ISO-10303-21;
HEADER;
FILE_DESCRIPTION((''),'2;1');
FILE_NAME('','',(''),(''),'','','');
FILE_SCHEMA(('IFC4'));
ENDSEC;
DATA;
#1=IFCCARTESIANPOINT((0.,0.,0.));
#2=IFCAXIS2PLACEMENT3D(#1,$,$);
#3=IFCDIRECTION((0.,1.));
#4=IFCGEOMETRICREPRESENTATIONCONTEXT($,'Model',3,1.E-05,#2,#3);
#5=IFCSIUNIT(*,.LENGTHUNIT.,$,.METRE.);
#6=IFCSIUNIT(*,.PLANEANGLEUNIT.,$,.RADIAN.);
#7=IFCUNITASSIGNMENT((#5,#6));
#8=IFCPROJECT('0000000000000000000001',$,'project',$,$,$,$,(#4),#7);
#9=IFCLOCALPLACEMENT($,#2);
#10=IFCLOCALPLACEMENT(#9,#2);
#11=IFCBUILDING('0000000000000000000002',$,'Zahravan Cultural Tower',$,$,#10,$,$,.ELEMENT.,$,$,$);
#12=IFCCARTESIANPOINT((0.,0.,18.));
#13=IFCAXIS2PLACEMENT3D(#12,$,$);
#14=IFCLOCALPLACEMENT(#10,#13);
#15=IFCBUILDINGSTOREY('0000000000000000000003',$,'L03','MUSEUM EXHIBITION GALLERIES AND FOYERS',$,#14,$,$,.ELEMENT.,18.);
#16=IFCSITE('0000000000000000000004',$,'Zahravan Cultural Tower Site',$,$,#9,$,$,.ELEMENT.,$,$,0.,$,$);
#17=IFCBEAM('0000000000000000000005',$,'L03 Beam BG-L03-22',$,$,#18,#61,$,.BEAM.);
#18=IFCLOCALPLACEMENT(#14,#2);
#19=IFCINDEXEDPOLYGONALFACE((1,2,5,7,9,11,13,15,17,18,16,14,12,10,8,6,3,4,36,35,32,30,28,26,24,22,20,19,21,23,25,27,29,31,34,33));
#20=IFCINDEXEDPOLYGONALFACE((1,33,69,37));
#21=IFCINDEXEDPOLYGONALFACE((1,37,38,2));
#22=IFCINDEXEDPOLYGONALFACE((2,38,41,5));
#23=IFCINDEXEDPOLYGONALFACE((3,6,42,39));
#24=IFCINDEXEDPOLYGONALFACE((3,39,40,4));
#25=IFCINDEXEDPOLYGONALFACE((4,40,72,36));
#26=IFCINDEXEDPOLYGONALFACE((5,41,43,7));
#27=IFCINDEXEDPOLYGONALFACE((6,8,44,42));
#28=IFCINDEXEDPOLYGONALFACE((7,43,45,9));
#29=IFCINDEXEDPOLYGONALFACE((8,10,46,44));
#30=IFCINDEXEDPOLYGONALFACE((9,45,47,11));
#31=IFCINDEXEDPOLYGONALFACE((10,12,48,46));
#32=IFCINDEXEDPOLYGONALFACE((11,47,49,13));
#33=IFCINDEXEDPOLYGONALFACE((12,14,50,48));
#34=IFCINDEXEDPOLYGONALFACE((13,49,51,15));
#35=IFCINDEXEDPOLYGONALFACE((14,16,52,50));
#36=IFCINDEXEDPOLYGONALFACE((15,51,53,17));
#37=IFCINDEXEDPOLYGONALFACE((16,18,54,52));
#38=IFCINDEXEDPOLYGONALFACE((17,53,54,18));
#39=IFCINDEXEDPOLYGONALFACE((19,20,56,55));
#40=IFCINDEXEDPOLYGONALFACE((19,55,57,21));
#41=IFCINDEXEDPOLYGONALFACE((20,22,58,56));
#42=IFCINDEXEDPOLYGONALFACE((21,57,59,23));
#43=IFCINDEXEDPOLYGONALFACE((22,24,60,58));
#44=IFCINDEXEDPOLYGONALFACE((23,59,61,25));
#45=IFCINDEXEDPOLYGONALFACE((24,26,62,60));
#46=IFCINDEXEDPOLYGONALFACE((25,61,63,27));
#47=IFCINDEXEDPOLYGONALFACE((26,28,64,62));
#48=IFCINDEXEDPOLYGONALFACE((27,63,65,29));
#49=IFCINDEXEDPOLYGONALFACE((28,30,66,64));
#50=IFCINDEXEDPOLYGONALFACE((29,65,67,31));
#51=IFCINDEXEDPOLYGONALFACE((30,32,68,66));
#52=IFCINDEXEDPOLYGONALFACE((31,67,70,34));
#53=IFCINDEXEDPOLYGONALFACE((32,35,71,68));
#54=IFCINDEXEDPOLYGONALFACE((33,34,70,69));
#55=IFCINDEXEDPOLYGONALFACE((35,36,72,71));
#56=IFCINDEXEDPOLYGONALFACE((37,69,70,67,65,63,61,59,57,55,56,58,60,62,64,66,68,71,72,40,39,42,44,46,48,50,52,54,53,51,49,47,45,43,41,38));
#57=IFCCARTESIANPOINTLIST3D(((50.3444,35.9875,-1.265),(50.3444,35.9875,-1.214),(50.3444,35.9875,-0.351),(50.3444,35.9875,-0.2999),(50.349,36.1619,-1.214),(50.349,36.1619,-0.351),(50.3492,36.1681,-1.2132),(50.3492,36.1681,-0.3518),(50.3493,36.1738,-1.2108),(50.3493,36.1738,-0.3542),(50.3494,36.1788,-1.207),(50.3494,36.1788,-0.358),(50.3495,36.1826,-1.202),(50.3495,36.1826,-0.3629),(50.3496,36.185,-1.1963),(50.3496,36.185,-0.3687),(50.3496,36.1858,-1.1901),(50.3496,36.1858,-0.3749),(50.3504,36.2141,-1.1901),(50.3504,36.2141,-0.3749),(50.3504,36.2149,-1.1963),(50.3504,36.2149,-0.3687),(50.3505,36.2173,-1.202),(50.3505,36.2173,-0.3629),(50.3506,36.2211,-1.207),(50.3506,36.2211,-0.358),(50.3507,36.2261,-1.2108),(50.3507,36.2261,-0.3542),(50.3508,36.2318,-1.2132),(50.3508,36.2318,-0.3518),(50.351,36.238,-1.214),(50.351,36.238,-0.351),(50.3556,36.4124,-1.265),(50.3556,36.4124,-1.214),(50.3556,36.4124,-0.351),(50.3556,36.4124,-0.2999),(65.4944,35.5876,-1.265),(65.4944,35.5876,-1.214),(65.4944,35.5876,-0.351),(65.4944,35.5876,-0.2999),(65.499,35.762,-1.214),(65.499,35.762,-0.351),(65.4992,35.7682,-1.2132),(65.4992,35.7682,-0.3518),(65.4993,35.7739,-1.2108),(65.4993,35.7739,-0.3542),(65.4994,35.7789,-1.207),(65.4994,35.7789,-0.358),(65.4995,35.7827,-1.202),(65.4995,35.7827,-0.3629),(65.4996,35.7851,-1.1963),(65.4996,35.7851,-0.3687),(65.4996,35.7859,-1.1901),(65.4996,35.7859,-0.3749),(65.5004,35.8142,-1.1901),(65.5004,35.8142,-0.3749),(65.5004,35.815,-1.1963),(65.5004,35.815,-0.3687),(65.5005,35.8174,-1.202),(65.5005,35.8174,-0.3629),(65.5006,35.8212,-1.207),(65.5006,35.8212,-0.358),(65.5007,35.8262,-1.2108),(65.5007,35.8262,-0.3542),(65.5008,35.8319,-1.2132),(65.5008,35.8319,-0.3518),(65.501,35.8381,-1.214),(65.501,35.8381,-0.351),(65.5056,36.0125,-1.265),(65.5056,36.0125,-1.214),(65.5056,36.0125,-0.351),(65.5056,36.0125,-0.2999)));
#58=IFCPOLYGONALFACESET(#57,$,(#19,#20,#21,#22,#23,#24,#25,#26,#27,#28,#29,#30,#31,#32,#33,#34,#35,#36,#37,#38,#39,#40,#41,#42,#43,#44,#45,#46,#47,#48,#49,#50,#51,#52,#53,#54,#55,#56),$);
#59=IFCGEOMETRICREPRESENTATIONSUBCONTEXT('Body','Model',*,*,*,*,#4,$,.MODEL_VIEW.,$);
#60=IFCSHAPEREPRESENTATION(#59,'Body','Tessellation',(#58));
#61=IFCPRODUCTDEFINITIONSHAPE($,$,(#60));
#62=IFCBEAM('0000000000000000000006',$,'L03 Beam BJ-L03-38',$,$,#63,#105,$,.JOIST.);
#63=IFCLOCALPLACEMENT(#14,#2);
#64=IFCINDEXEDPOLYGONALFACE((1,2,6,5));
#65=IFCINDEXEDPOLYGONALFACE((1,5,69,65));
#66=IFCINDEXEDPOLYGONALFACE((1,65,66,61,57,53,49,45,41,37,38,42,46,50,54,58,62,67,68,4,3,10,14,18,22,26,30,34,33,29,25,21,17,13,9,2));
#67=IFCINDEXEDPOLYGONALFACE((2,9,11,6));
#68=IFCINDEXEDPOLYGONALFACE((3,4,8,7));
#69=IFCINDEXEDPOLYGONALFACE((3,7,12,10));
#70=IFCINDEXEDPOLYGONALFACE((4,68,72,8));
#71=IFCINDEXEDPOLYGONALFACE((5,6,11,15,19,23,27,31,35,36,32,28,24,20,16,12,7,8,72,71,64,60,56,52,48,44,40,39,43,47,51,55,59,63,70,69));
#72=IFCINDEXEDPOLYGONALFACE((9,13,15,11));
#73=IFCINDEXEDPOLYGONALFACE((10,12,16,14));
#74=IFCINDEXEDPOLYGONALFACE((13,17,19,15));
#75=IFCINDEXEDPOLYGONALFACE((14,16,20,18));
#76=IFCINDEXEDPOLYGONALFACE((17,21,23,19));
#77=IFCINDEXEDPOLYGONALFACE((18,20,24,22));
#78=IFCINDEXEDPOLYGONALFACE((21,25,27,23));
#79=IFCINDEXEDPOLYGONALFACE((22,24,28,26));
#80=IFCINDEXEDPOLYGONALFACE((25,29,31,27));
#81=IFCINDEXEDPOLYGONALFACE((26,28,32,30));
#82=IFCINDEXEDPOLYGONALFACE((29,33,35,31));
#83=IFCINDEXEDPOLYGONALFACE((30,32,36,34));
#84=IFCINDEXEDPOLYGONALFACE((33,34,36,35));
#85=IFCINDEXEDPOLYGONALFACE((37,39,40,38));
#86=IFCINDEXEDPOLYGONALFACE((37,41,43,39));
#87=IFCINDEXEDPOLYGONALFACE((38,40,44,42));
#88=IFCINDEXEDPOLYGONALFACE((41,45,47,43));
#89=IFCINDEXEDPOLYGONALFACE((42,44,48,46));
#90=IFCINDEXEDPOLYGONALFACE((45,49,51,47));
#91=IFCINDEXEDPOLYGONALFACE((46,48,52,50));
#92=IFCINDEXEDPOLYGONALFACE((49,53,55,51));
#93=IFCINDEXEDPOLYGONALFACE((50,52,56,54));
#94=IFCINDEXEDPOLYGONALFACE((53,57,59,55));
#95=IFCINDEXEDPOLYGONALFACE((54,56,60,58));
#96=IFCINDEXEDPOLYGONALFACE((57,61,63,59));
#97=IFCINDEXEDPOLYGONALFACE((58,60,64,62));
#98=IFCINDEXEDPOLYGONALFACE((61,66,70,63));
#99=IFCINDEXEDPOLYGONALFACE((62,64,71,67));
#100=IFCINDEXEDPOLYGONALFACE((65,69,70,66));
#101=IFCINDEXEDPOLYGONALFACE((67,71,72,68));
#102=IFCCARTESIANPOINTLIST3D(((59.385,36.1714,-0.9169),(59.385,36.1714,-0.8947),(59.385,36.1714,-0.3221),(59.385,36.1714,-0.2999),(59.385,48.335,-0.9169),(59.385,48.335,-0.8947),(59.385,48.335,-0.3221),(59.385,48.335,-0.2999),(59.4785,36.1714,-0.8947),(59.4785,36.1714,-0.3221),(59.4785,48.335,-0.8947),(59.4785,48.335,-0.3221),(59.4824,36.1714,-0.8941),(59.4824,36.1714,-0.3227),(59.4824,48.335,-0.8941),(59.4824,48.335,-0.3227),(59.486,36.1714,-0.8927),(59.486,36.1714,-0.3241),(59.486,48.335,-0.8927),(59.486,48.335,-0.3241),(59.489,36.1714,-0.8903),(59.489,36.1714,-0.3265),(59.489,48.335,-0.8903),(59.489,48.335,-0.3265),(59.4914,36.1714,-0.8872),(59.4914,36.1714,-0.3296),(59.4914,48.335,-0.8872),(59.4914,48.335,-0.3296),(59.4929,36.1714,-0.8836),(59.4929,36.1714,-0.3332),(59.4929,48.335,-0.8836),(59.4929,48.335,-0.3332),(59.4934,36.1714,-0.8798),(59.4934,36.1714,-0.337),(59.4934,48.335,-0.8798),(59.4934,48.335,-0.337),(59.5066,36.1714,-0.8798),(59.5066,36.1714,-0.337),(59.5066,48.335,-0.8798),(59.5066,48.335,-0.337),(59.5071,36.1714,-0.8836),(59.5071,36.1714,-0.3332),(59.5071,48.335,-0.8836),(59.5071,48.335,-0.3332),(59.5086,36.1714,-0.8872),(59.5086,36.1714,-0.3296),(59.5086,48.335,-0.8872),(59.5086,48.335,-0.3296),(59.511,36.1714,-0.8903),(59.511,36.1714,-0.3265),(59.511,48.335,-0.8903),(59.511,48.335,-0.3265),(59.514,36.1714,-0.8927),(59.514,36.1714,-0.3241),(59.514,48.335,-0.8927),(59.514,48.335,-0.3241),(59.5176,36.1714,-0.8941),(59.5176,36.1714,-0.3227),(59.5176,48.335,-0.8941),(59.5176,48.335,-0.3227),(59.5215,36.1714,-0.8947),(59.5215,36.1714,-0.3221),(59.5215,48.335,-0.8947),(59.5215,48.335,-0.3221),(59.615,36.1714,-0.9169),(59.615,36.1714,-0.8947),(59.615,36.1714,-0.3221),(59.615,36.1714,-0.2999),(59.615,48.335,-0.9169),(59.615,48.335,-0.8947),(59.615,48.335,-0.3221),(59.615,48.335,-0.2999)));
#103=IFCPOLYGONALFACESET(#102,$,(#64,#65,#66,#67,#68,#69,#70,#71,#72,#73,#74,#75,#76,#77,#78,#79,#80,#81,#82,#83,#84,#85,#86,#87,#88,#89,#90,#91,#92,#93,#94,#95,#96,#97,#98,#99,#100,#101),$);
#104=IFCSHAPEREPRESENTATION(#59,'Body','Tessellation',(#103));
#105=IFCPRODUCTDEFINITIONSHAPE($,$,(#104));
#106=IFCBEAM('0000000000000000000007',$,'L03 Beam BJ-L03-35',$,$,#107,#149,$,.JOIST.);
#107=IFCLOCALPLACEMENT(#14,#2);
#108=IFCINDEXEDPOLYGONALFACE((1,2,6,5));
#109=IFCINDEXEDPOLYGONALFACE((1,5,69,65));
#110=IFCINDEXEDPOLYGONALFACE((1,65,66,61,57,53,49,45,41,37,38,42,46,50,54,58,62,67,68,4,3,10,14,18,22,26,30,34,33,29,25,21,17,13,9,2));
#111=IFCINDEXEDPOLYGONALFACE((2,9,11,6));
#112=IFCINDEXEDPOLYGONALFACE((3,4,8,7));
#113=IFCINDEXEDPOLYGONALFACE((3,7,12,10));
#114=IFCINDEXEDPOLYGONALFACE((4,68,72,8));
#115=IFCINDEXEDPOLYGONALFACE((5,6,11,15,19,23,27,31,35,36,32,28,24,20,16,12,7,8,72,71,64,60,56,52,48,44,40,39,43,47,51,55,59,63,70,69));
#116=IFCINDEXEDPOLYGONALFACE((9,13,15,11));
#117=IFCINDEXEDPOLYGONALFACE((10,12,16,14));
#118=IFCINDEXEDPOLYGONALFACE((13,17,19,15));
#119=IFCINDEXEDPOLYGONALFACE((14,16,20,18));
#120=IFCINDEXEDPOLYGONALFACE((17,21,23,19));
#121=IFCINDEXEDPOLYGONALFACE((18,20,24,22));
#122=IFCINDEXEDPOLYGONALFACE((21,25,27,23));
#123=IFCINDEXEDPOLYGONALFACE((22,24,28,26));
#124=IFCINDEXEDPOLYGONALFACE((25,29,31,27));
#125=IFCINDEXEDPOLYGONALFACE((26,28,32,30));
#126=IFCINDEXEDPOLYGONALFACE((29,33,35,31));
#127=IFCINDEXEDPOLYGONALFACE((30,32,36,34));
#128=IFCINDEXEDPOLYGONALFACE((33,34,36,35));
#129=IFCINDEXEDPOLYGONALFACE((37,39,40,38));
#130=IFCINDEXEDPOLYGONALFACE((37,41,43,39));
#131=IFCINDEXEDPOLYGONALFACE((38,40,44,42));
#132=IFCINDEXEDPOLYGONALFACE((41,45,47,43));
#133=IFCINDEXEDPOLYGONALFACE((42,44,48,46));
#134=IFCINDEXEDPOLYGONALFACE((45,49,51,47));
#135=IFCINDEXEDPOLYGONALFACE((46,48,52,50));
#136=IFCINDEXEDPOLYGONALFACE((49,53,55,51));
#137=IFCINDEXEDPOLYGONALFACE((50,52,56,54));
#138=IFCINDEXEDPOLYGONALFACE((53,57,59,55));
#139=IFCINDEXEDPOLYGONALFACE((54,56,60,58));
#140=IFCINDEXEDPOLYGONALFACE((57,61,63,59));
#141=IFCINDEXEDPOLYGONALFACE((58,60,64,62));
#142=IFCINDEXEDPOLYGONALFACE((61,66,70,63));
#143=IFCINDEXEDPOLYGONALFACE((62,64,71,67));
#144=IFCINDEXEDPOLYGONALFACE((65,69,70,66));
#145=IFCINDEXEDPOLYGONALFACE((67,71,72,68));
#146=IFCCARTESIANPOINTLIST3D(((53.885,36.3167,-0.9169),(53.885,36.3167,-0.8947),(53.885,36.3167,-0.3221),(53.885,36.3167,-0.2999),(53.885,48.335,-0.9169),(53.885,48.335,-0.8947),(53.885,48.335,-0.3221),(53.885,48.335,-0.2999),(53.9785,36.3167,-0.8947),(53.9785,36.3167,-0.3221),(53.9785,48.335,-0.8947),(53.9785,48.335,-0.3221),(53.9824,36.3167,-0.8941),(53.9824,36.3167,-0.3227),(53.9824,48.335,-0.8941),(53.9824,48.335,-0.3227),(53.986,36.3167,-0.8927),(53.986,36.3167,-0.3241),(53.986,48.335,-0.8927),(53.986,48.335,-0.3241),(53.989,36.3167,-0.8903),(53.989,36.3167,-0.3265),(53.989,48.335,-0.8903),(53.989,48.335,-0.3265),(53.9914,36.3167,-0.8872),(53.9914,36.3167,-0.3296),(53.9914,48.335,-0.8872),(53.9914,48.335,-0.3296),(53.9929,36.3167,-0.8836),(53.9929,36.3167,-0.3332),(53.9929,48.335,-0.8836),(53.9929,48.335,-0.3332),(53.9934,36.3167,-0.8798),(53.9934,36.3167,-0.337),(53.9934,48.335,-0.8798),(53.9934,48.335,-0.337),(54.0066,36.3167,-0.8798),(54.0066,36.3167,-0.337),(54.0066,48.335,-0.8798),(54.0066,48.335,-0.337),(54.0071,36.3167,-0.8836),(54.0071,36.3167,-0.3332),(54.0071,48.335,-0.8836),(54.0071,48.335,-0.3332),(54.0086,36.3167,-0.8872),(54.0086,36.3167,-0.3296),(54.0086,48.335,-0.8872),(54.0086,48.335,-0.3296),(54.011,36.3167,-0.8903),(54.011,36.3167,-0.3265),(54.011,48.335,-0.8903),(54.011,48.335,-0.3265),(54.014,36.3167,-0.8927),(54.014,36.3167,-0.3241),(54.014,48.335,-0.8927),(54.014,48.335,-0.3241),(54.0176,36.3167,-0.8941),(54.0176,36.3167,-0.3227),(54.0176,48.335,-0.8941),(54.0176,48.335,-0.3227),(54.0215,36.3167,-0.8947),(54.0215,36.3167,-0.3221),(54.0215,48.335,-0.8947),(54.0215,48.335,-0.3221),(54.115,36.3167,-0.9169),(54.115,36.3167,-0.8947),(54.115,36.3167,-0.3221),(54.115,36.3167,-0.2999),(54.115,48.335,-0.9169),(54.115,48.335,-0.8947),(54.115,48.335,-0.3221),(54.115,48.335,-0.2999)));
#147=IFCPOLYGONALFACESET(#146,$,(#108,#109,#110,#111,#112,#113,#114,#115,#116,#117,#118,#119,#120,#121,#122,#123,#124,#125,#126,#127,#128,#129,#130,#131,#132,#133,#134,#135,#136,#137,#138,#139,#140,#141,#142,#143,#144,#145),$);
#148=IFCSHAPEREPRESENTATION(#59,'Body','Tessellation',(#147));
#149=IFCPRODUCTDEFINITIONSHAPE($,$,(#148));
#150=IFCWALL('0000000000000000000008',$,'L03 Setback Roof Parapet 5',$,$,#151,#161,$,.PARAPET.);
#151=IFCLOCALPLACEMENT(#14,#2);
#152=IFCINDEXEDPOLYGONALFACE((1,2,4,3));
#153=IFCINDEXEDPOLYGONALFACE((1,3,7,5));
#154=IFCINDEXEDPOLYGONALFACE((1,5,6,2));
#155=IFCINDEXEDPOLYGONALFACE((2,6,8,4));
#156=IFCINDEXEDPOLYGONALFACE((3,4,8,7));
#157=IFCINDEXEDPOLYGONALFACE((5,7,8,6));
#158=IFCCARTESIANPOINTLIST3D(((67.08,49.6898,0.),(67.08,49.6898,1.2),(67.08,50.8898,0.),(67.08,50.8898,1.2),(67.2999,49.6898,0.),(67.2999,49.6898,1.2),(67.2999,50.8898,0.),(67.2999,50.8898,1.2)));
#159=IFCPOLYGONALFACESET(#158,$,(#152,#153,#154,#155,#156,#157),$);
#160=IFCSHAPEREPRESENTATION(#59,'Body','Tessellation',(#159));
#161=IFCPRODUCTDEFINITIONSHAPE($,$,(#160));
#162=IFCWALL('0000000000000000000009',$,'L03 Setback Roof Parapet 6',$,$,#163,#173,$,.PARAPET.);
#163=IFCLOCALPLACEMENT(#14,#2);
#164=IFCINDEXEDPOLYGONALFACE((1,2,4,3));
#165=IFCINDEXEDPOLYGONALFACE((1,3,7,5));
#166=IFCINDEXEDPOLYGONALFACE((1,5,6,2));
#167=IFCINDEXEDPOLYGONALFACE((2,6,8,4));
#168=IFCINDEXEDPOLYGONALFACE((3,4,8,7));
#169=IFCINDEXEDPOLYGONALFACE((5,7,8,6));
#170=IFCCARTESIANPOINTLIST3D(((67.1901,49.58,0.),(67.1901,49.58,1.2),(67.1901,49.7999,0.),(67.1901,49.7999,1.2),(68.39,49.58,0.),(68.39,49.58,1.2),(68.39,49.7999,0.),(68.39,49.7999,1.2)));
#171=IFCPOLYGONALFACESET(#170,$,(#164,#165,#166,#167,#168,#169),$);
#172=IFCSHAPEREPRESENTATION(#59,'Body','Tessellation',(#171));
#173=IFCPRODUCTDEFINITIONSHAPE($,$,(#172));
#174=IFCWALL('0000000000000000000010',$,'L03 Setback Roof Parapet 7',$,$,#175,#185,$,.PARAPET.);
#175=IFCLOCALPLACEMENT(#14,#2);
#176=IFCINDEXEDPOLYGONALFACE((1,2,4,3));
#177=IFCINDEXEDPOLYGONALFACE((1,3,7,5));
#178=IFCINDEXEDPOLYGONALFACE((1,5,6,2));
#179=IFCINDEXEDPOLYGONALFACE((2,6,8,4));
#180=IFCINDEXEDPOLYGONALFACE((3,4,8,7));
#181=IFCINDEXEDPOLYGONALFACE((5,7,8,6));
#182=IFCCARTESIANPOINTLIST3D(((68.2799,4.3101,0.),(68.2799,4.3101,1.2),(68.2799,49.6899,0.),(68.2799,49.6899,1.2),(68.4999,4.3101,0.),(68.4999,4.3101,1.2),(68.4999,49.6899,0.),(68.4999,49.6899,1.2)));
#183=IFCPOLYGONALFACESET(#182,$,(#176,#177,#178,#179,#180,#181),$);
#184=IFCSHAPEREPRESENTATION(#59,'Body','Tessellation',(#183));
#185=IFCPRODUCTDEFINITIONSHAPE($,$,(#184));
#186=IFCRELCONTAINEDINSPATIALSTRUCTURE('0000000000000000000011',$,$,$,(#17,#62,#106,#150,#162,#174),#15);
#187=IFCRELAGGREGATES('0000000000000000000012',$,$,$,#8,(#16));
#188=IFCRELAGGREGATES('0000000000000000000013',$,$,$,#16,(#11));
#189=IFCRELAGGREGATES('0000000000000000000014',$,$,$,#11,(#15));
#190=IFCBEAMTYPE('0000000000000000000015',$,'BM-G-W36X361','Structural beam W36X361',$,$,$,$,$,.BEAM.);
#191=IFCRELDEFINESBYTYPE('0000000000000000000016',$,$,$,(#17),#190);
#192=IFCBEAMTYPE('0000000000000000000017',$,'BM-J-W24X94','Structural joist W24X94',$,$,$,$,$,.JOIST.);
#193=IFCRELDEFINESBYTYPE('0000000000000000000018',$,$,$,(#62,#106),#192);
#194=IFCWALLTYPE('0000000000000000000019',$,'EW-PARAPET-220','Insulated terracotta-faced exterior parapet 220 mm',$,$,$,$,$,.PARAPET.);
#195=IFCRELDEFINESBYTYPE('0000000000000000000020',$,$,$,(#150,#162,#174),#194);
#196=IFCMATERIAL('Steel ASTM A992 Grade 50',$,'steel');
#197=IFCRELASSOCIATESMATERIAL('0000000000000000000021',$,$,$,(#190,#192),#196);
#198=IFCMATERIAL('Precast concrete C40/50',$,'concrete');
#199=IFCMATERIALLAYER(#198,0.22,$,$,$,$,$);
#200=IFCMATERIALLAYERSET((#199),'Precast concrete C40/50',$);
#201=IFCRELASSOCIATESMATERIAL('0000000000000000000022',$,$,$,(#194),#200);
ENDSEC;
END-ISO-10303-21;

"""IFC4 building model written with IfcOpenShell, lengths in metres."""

from ifc_helpers import new_model, si_unit, direction, frame, frame_2d, origin, origin_2d, place, context, subcontext, project, spatial, rectangle, i_section, extrude, source, transform, mapped, material, layer, layer_set, material_profile, profile_set, type_object, element, save


model = new_model("IFC4")

# Units and contexts
model_context = context("Model", 3, precision=1e-05, world=origin(), true_north=direction((0.0, 1.0)))
body_context = subcontext(model_context, "Body", "Model", "MODEL_VIEW")
ifc_project = project(units=[si_unit("LENGTHUNIT", "METRE"), si_unit("PLANEANGLEUNIT", "RADIAN")], contexts=[model_context])

# Site, building, storey
site_placement = place(None, origin())
site = spatial("IfcSite", under=ifc_project, at=site_placement, Name="Zahravan Cultural Tower Site", CompositionType="ELEMENT", RefElevation=0.0)
building_placement = place(site_placement, origin())
building = spatial("IfcBuilding", under=site, at=building_placement, Name="Zahravan Cultural Tower", CompositionType="ELEMENT")
storey_placement = place(building_placement, frame((0.0, 0.0, 18.0)))
storey = spatial("IfcBuildingStorey", under=building, at=storey_placement, Name="L03", Description="MUSEUM EXHIBITION GALLERIES AND FOYERS", CompositionType="ELEMENT", Elevation=18.0)

# Beams
ifc_material_1 = material(Name="Steel ASTM A992 Grade 50", Category="steel")
ifc_material_profile_1 = material_profile(ifc_material_1, i_section(OverallWidth=0.425, OverallDepth=0.9651, WebThickness=0.0283, FlangeThickness=0.051, FilletRadius=0.0239, at=origin_2d()), Name="W36X361")
ifc_profile_set_1 = profile_set([ifc_material_profile_1], Name="Steel ASTM A992 Grade 50")
beam_type_1 = type_object("IfcBeamType", Name="BM-G-W36X361", Description="Structural beam W36X361", PredefinedType="BEAM", material=ifc_profile_set_1)
shared_shape_1 = source(origin(), body_context, "Body", "SweptSolid", [
    extrude(i_section(OverallWidth=0.425, OverallDepth=0.9651, WebThickness=0.0283, FlangeThickness=0.051, FilletRadius=0.0239, at=origin_2d()), origin(), (0.0, 0.0, 1.0), 15.1553),
])
beam_1_placement = place(storey_placement, frame((65.5, 35.8, -0.7825), z_axis=(-0.999652, 0.026387, 0.0), x_axis=(-0.026387, -0.999652, 0.0)))
element("IfcBeam", 1, at=beam_1_placement, inside=storey, type_object=beam_type_1, Name="L03 Beam BG-L03-22", PredefinedType="BEAM", context=body_context, shape_type="MappedRepresentation", body=[
    mapped(shared_shape_1, transform((0.0, 0.0, 0.0), x_axis=(1.0, 0.0, 0.0), y_axis=(0.0, 1.0, 0.0), z_axis=(0.0, 0.0, 1.0), scale=1.0)),
])
ifc_material_profile_2 = material_profile(ifc_material_1, i_section(OverallWidth=0.23, OverallDepth=0.6169, WebThickness=0.0132, FlangeThickness=0.0222, FilletRadius=0.0149, at=origin_2d()), Name="W24X94")
ifc_profile_set_2 = profile_set([ifc_material_profile_2], Name="Steel ASTM A992 Grade 50")
beam_type_2 = type_object("IfcBeamType", Name="BM-J-W24X94", Description="Structural joist W24X94", PredefinedType="JOIST", material=ifc_profile_set_2)
shared_shape_2 = source(origin(), body_context, "Body", "SweptSolid", [
    extrude(i_section(OverallWidth=0.23, OverallDepth=0.6169, WebThickness=0.0132, FlangeThickness=0.0222, FilletRadius=0.0149, at=origin_2d()), origin(), (0.0, 0.0, 1.0), 12.1636),
])
beam_2_placement = place(storey_placement, frame((59.5, 36.1714, -0.6084), z_axis=(0.0, 1.0, 0.0), x_axis=(-1.0, 0.0, 0.0)))
element("IfcBeam", 2, at=beam_2_placement, inside=storey, type_object=beam_type_2, Name="L03 Beam BJ-L03-38", PredefinedType="JOIST", context=body_context, shape_type="MappedRepresentation", body=[
    mapped(shared_shape_2, transform((0.0, 0.0, 0.0), x_axis=(1.0, 0.0, 0.0), y_axis=(0.0, 1.0, 0.0), z_axis=(0.0, 0.0, 1.0), scale=1.0)),
])
shared_shape_3 = source(origin(), body_context, "Body", "SweptSolid", [
    extrude(i_section(OverallWidth=0.23, OverallDepth=0.6169, WebThickness=0.0132, FlangeThickness=0.0222, FilletRadius=0.0149, at=origin_2d()), origin(), (0.0, 0.0, 1.0), 12.0183),
])
beam_3_placement = place(storey_placement, frame((54.0, 36.3167, -0.6084), z_axis=(0.0, 1.0, 0.0), x_axis=(-1.0, 0.0, 0.0)))
element("IfcBeam", 3, at=beam_3_placement, inside=storey, type_object=beam_type_2, Name="L03 Beam BJ-L03-35", PredefinedType="JOIST", context=body_context, shape_type="MappedRepresentation", body=[
    mapped(shared_shape_3, transform((0.0, 0.0, 0.0), x_axis=(1.0, 0.0, 0.0), y_axis=(0.0, 1.0, 0.0), z_axis=(0.0, 0.0, 1.0), scale=1.0)),
])

# Walls
ifc_material_2 = material(Name="Precast concrete C40/50", Category="concrete")
ifc_layer_1 = layer(ifc_material_2, 0.22)
ifc_layer_set_1 = layer_set([ifc_layer_1], Name="Precast concrete C40/50")
wall_type_1 = type_object("IfcWallType", Name="EW-PARAPET-220", Description="Insulated terracotta-faced exterior parapet 220 mm", PredefinedType="PARAPET", material=ifc_layer_set_1)
shared_shape_4 = source(origin(), body_context, "Body", "SweptSolid", [
    extrude(rectangle(XDim=1.2, YDim=0.22, at=frame_2d((0.6001, 0.0))), origin(), (0.0, 0.0, 1.0), 1.2),
])
for number, where, z_axis, x_axis, name in (
    (4, (67.1899, 50.8899, 0.0), (0.0, 0.0, 1.0), (0.0, -1.0, 0.0), "L03 Setback Roof Parapet 5"),
    (5, (67.1899, 49.6899, 0.0), (0.0, 0.0, 1.0), (1.0, 0.0, 0.0), "L03 Setback Roof Parapet 6"),
):
    element("IfcWall", number, at=place(storey_placement, frame(where, z_axis=z_axis, x_axis=x_axis)), inside=storey, type_object=wall_type_1, Name=name, PredefinedType="PARAPET", context=body_context, shape_type="MappedRepresentation", body=[
        mapped(shared_shape_4, transform((0.0, 0.0, 0.0), x_axis=(1.0, 0.0, 0.0), y_axis=(0.0, 1.0, 0.0), z_axis=(0.0, 0.0, 1.0), scale=1.0)),
    ])
shared_shape_5 = source(origin(), body_context, "Body", "SweptSolid", [
    extrude(rectangle(XDim=45.3799, YDim=0.22, at=frame_2d((22.6899, 0.0))), origin(), (0.0, 0.0, 1.0), 1.2),
])
wall_1_placement = place(storey_placement, frame((68.3899, 49.6899, 0.0), z_axis=(0.0, 0.0, 1.0), x_axis=(0.0, -1.0, 0.0)))
element("IfcWall", 6, at=wall_1_placement, inside=storey, type_object=wall_type_1, Name="L03 Setback Roof Parapet 7", PredefinedType="PARAPET", context=body_context, shape_type="MappedRepresentation", body=[
    mapped(shared_shape_5, transform((0.0, 0.0, 0.0), x_axis=(1.0, 0.0, 0.0), y_axis=(0.0, 1.0, 0.0), z_axis=(0.0, 0.0, 1.0), scale=1.0)),
])

save(model, "model.ifc")
